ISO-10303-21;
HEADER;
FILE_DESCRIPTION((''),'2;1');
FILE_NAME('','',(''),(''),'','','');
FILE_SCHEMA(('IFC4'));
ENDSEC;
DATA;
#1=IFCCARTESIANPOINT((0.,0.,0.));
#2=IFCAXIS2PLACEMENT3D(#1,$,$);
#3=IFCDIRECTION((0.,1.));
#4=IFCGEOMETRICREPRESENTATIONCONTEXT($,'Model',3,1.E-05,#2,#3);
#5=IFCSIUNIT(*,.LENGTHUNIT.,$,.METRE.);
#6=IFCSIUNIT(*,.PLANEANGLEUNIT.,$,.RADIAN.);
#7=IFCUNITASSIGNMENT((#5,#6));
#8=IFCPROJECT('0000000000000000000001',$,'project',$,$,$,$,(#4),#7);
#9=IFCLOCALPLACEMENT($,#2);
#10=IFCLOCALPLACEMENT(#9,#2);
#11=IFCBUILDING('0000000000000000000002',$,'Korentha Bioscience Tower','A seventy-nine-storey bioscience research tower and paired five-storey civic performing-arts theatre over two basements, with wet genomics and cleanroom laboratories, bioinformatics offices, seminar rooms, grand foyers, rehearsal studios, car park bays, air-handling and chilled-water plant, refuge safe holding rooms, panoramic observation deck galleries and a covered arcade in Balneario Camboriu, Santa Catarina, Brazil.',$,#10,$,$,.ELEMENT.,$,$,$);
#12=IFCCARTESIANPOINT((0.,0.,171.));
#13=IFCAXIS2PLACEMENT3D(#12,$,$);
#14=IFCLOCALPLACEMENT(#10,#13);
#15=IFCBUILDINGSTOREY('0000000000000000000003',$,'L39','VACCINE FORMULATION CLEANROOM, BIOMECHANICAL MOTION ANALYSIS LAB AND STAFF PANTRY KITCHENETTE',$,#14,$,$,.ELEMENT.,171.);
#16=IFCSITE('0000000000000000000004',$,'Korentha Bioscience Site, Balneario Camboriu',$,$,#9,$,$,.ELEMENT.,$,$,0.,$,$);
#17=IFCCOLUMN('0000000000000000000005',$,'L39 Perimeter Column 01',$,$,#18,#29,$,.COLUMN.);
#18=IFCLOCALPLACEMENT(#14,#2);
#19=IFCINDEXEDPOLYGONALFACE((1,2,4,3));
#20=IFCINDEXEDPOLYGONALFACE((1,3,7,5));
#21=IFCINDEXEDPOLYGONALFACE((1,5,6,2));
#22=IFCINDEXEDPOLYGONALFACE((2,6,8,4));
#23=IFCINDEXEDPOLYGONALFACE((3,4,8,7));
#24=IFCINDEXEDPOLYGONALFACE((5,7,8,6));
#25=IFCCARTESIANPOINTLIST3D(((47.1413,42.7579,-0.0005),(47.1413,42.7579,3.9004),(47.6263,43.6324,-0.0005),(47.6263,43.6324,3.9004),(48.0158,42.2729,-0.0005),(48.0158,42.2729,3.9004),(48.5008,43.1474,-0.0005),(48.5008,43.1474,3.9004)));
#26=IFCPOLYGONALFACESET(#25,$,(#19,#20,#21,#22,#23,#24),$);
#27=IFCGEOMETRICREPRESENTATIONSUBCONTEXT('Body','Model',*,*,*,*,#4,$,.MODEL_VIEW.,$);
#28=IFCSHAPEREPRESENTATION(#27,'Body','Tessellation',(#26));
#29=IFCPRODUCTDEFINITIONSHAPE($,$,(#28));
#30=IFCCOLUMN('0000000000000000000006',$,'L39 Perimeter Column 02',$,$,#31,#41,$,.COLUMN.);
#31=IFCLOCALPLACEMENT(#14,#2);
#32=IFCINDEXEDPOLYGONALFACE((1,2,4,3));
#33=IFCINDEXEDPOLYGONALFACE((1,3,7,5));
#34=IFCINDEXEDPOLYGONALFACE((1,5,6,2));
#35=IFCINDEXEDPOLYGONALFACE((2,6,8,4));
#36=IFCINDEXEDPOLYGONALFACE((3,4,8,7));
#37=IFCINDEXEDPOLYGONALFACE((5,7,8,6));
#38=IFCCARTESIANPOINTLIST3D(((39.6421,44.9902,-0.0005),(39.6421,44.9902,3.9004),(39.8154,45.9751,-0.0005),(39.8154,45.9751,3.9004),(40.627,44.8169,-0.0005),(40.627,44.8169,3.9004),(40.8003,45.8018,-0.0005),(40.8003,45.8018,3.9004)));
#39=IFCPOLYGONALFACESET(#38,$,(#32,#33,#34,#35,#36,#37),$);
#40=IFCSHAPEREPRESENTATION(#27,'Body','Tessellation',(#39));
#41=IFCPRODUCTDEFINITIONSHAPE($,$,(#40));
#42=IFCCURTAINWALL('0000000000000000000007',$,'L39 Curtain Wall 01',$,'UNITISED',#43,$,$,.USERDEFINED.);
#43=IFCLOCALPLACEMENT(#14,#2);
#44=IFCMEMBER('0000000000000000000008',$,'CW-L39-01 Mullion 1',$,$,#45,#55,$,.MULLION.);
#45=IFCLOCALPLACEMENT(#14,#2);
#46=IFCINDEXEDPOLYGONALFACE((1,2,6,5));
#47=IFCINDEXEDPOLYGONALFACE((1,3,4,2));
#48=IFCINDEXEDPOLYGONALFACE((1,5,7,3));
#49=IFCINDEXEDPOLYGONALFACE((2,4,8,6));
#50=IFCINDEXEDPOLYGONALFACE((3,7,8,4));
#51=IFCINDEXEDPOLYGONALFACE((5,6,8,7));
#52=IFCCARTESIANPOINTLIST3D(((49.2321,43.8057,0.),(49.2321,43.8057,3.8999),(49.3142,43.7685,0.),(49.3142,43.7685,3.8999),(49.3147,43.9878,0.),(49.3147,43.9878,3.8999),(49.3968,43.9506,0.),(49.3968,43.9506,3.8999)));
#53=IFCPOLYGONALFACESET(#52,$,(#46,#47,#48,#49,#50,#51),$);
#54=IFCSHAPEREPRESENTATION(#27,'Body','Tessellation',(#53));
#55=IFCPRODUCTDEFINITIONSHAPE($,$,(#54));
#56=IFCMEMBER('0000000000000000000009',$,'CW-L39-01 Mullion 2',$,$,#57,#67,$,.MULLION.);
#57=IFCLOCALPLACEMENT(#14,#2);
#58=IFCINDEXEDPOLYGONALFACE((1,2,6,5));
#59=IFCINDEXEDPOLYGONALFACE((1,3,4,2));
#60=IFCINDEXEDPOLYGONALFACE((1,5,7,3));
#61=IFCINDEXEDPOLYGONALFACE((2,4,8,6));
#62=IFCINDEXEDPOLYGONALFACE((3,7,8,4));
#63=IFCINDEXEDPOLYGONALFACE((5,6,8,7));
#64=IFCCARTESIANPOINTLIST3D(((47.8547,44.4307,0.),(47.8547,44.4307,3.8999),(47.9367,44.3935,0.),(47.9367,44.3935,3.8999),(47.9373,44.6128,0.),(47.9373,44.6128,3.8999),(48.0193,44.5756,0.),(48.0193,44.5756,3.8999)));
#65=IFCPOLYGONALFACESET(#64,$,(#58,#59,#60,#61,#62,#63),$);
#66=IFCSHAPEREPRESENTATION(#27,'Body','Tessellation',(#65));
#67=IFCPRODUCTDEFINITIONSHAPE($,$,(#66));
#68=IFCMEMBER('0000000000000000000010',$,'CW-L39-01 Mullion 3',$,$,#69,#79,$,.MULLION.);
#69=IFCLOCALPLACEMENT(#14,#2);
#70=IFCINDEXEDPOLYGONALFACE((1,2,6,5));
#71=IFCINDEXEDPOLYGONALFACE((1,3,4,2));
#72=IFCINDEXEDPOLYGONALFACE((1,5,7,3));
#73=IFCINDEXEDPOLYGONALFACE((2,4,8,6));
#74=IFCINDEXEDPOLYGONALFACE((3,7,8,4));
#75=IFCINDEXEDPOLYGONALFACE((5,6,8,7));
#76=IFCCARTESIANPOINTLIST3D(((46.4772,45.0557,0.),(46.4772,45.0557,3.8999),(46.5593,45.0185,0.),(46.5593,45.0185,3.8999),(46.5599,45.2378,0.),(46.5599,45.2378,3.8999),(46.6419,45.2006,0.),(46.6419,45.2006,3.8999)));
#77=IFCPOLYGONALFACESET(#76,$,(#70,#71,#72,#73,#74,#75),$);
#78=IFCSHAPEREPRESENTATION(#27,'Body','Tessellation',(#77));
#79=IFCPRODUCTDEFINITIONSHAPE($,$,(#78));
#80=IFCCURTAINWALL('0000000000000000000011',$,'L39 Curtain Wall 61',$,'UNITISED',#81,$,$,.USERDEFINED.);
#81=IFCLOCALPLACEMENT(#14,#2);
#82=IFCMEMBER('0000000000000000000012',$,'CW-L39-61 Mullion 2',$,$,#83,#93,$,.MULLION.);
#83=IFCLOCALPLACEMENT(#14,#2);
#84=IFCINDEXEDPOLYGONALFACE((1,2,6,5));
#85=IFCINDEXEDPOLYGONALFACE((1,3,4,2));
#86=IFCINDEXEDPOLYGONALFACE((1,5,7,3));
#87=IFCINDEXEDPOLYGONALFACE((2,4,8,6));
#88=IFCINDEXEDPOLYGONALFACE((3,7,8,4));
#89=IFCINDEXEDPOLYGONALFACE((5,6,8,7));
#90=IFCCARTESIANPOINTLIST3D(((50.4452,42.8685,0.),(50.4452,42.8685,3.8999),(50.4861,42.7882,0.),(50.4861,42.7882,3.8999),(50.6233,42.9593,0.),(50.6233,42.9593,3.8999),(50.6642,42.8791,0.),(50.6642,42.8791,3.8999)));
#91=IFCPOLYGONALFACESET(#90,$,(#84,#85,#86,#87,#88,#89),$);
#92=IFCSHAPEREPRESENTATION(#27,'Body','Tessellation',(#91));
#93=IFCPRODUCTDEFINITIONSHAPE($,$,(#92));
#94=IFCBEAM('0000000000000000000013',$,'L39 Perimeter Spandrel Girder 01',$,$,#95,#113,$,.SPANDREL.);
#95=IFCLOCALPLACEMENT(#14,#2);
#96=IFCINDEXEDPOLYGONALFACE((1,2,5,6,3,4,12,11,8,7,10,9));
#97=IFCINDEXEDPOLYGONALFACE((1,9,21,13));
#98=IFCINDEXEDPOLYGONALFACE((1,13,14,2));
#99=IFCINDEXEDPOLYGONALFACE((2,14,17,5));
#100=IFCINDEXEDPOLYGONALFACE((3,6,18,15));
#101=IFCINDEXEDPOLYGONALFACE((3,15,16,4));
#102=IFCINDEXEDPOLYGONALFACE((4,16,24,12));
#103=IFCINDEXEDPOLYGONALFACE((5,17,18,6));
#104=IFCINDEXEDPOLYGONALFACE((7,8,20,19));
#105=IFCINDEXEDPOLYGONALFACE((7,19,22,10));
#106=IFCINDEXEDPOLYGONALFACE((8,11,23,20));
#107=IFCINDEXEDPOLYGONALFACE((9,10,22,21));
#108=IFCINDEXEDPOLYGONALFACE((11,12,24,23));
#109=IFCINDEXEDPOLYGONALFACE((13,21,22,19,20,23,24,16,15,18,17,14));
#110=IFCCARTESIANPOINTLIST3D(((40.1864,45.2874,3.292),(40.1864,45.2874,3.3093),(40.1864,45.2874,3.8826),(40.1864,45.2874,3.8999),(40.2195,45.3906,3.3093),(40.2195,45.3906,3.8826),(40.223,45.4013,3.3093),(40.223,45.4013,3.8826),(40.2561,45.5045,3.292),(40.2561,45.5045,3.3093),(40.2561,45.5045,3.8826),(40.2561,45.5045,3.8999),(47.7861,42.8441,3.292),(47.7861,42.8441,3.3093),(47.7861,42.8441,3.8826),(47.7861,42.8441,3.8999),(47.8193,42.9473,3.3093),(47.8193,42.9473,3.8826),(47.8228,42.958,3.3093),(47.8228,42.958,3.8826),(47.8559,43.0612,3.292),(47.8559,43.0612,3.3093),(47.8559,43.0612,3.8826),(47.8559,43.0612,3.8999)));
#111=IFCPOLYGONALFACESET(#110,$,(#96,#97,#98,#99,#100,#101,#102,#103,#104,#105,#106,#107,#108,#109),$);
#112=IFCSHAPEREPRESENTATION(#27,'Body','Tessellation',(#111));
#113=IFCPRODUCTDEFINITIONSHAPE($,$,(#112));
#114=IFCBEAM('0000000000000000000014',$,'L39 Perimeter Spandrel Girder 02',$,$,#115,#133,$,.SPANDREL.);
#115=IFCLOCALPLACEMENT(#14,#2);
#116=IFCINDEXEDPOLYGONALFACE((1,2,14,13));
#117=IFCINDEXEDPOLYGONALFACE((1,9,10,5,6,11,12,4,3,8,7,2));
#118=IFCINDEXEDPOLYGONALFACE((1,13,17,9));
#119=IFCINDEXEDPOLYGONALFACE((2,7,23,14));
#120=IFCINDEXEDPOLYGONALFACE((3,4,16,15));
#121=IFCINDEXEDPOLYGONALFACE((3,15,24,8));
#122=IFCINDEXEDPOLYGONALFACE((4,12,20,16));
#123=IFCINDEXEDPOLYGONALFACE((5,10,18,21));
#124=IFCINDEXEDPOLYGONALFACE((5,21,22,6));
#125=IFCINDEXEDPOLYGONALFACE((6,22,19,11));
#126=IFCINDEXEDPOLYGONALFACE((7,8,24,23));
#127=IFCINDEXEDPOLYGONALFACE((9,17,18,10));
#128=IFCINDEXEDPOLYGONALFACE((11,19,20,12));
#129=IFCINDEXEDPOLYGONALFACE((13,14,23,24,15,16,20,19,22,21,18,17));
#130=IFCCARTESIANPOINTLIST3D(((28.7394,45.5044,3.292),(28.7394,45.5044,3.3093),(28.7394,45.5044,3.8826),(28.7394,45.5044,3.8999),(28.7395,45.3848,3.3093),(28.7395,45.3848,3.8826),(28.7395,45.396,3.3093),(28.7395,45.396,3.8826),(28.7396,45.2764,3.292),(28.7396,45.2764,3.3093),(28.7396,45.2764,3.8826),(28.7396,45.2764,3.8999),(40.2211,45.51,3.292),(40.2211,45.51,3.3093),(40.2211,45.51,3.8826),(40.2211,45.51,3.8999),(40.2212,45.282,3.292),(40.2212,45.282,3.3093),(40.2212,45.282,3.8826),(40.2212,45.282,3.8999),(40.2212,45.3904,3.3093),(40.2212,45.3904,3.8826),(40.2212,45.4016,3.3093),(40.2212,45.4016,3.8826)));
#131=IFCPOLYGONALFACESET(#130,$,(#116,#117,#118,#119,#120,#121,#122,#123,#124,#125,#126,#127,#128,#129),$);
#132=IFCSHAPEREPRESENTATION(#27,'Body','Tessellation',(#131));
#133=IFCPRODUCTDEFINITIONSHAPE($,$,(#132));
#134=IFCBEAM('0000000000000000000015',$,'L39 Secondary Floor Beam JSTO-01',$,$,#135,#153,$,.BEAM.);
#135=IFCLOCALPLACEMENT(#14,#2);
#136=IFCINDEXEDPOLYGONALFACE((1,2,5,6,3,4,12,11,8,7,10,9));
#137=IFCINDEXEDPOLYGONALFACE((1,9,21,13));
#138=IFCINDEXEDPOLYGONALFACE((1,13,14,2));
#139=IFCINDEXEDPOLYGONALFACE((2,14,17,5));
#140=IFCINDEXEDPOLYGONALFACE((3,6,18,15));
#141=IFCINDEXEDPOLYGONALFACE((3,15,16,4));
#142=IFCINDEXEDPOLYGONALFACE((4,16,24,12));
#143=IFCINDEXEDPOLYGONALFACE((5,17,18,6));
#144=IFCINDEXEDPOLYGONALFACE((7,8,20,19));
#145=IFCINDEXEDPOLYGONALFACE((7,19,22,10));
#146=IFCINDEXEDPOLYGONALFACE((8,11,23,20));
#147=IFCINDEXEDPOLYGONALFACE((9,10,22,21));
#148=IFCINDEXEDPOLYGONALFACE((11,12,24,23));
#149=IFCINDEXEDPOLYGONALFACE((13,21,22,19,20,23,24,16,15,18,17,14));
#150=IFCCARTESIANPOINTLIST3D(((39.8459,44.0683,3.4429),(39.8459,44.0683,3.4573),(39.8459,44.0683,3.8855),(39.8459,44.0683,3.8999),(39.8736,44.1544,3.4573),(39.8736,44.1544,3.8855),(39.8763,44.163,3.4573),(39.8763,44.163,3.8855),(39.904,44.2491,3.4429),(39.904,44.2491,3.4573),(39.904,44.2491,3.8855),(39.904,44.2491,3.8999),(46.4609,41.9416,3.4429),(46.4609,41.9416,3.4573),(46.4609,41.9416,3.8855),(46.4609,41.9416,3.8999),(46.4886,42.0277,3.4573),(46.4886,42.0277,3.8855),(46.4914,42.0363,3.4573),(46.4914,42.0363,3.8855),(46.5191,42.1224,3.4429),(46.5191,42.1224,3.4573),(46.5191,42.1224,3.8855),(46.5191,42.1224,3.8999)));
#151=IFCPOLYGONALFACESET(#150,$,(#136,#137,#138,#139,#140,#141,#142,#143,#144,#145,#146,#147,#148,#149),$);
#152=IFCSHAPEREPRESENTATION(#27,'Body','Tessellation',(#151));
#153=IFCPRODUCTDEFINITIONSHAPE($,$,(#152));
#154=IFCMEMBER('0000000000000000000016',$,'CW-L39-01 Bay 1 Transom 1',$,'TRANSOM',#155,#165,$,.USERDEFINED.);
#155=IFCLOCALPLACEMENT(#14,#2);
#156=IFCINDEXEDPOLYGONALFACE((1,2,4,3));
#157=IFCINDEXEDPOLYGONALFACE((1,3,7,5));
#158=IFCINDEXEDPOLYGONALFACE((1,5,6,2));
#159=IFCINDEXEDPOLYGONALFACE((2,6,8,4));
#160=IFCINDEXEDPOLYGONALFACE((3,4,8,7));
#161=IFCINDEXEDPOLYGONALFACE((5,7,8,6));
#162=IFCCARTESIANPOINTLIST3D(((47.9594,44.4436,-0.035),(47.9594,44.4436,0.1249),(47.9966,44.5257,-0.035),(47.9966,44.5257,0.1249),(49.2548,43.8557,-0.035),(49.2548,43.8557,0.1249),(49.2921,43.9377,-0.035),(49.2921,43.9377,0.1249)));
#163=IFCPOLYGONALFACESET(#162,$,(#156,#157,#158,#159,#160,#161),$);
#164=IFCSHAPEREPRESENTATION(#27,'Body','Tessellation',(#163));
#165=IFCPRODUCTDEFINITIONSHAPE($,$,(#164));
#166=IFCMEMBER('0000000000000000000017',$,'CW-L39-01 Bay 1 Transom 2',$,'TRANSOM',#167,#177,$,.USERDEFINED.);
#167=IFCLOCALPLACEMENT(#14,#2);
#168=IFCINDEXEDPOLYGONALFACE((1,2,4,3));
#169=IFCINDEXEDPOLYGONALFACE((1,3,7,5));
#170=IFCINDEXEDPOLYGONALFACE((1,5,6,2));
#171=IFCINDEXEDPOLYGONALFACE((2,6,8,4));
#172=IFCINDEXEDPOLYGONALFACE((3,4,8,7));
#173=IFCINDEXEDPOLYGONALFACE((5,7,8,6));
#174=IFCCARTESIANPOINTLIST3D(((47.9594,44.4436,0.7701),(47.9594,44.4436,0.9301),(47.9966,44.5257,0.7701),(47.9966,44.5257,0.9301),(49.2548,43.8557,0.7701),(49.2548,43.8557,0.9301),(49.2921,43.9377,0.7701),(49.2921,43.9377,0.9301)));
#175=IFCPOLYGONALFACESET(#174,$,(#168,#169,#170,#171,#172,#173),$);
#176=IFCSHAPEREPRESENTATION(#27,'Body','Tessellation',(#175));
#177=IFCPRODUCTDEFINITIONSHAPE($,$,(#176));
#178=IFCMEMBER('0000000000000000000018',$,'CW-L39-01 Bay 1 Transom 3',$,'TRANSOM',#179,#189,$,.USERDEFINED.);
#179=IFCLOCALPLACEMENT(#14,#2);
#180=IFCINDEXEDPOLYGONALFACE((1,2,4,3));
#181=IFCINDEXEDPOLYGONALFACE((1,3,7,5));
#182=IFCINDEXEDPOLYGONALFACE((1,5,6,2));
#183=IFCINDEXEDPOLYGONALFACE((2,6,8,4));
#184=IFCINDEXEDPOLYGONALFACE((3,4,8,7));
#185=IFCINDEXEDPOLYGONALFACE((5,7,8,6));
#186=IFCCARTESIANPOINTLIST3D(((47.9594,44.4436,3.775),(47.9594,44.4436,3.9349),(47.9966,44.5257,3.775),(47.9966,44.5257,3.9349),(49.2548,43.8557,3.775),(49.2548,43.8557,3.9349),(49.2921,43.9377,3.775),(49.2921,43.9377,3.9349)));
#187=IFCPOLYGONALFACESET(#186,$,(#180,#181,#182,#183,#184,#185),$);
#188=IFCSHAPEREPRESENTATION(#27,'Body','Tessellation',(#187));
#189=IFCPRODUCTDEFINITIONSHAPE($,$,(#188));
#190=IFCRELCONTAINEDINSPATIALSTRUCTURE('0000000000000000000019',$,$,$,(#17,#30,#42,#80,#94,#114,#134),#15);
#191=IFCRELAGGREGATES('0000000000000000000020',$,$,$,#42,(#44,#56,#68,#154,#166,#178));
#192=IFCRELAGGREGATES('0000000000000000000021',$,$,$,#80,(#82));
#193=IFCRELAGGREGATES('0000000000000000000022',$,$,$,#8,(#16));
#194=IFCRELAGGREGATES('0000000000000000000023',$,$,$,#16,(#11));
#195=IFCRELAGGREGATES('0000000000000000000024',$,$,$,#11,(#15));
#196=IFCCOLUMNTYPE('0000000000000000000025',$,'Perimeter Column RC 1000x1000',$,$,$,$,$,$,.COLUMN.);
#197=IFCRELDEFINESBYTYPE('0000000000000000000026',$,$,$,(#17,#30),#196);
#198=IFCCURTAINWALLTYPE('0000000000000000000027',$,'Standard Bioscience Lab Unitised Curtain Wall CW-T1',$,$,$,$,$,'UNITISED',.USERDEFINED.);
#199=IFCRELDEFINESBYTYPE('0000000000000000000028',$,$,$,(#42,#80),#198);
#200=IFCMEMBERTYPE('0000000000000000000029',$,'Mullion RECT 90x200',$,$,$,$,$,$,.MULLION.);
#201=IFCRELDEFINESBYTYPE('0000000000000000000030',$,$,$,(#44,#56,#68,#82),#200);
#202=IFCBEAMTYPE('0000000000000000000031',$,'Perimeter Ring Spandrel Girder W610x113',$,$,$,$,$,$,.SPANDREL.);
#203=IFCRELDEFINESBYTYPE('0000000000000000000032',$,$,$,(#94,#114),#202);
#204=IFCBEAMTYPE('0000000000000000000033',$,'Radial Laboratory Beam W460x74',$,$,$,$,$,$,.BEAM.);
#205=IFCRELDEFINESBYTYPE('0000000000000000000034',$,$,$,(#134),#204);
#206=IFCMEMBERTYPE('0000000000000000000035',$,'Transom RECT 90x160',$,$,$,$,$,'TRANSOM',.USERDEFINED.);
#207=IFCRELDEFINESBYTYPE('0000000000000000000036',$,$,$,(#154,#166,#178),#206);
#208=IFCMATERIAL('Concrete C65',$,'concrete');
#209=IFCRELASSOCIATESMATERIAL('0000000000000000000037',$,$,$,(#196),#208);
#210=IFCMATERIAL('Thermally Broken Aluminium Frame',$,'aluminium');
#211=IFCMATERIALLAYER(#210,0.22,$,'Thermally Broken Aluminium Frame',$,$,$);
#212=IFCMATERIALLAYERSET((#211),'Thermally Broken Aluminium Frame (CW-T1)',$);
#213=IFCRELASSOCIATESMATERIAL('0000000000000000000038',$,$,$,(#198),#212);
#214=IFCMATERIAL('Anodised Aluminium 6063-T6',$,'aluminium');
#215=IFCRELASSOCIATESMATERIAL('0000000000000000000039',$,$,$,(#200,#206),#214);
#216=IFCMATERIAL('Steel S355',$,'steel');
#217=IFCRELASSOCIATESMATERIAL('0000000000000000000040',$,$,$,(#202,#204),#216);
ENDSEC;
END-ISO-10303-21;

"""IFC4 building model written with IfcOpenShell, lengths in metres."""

from ifc_helpers import new_model, si_unit, direction, frame, origin, origin_2d, place, context, subcontext, project, spatial, rectangle, i_section, extrude, material, layer, layer_set, material_profile, profile_set, type_object, element, aggregate, save


model = new_model("IFC4")

# Units and contexts
model_context = context("Model", 3, precision=1e-05, world=origin(), true_north=direction((0.0, 1.0)))
body_context = subcontext(model_context, "Body", "Model", "MODEL_VIEW")
ifc_project = project(units=[si_unit("LENGTHUNIT", "METRE"), si_unit("PLANEANGLEUNIT", "RADIAN")], contexts=[model_context])

# Site, building, storey
site_placement = place(None, origin())
site = spatial("IfcSite", under=ifc_project, at=site_placement, Name="Korentha Bioscience Site, Balneario Camboriu", CompositionType="ELEMENT", RefElevation=0.0)
building_placement = place(site_placement, origin())
building = spatial("IfcBuilding", under=site, at=building_placement, Name="Korentha Bioscience Tower", Description="A seventy-nine-storey bioscience research tower and paired five-storey civic performing-arts theatre over two basements, with wet genomics and cleanroom laboratories, bioinformatics offices, seminar rooms, grand foyers, rehearsal studios, car park bays, air-handling and chilled-water plant, refuge safe holding rooms, panoramic observation deck galleries and a covered arcade in Balneario Camboriu, Santa Catarina, Brazil.", CompositionType="ELEMENT")
storey_placement = place(building_placement, frame((0.0, 0.0, 171.0)))
storey = spatial("IfcBuildingStorey", under=building, at=storey_placement, Name="L39", Description="VACCINE FORMULATION CLEANROOM, BIOMECHANICAL MOTION ANALYSIS LAB AND STAFF PANTRY KITCHENETTE", CompositionType="ELEMENT", Elevation=171.0)

# Columns
ifc_material_1 = material(Name="Concrete C65", Category="concrete")
ifc_material_profile_1 = material_profile(ifc_material_1, rectangle(XDim=1.0, YDim=1.0, at=origin_2d()), Name="Concrete C65")
ifc_profile_set_1 = profile_set([ifc_material_profile_1], Name="Concrete C65 (COL-P10)")
column_type = type_object("IfcColumnType", Name="Perimeter Column RC 1000x1000", PredefinedType="COLUMN", material=ifc_profile_set_1)
for number, where, z_axis, x_axis, name in (
    (1, (47.821, 42.9526, -0.0005), (0.0, 0.0, 1.0), (-0.874535, 0.484962, 0.0), "L39 Perimeter Column 01"),
    (2, (40.2212, 45.396, -0.0005), (0.0, 0.0, 1.0), (-0.984868, 0.173304, 0.0), "L39 Perimeter Column 02"),
):
    element("IfcColumn", number, at=place(storey_placement, frame(where, z_axis=z_axis, x_axis=x_axis)), inside=storey, type_object=column_type, Name=name, PredefinedType="COLUMN", context=body_context, shape_type="SweptSolid", body=[
        extrude(rectangle(XDim=1.0, YDim=1.0, at=origin_2d()), origin(), (0.0, 0.0, 1.0), 3.9009),
    ])

# Curtain wall, members
ifc_material_2 = material(Name="Thermally Broken Aluminium Frame", Category="aluminium")
ifc_layer_1 = layer(ifc_material_2, 0.22, Name="Thermally Broken Aluminium Frame")
ifc_layer_set_1 = layer_set([ifc_layer_1], Name="Thermally Broken Aluminium Frame (CW-T1)")
curtain_wall_type = type_object("IfcCurtainWallType", Name="Standard Bioscience Lab Unitised Curtain Wall CW-T1", ElementType="UNITISED", PredefinedType="USERDEFINED", material=ifc_layer_set_1)
curtain_wall_1_placement = place(storey_placement, origin())
curtain_wall_1 = element("IfcCurtainWall", 3, at=curtain_wall_1_placement, inside=storey, type_object=curtain_wall_type, Name="L39 Curtain Wall 01", ObjectType="UNITISED", PredefinedType="USERDEFINED")
ifc_material_3 = material(Name="Anodised Aluminium 6063-T6", Category="aluminium")
ifc_material_profile_2 = material_profile(ifc_material_3, rectangle(XDim=0.0901, YDim=0.2, at=origin_2d()), Name="Anodised Aluminium 6063-T6")
ifc_profile_set_2 = profile_set([ifc_material_profile_2], Name="Anodised Aluminium 6063-T6 (CW-MUL)")
member_type_1 = type_object("IfcMemberType", Name="Mullion RECT 90x200", PredefinedType="MULLION", material=ifc_profile_set_2)
member_1_placement = place(storey_placement, frame((49.3145, 43.8782, 0.0), z_axis=(0.0, 0.0, 1.0), x_axis=(-0.910644, 0.413191, 0.0)))
member_1 = element("IfcMember", 4, at=member_1_placement, type_object=member_type_1, Name="CW-L39-01 Mullion 1", PredefinedType="MULLION", context=body_context, shape_type="SweptSolid", body=[
    extrude(rectangle(XDim=0.0901, YDim=0.2, at=origin_2d()), origin(), (0.0, 0.0, 1.0), 3.8999),
])
member_2_placement = place(storey_placement, frame((47.937, 44.5032, 0.0), z_axis=(0.0, 0.0, 1.0), x_axis=(-0.910644, 0.413191, 0.0)))
member_2 = element("IfcMember", 5, at=member_2_placement, type_object=member_type_1, Name="CW-L39-01 Mullion 2", PredefinedType="MULLION", context=body_context, shape_type="SweptSolid", body=[
    extrude(rectangle(XDim=0.0901, YDim=0.2, at=origin_2d()), origin(), (0.0, 0.0, 1.0), 3.8999),
])
member_3_placement = place(storey_placement, frame((46.5596, 45.1282, 0.0), z_axis=(0.0, 0.0, 1.0), x_axis=(-0.910644, 0.413191, 0.0)))
member_3 = element("IfcMember", 6, at=member_3_placement, type_object=member_type_1, Name="CW-L39-01 Mullion 3", PredefinedType="MULLION", context=body_context, shape_type="SweptSolid", body=[
    extrude(rectangle(XDim=0.0901, YDim=0.2, at=origin_2d()), origin(), (0.0, 0.0, 1.0), 3.8999),
])

# Curtain wall, member
curtain_wall_2_placement = place(storey_placement, origin())
curtain_wall_2 = element("IfcCurtainWall", 7, at=curtain_wall_2_placement, inside=storey, type_object=curtain_wall_type, Name="L39 Curtain Wall 61", ObjectType="UNITISED", PredefinedType="USERDEFINED")
member_4_placement = place(storey_placement, frame((50.5547, 42.8738, 0.0), z_axis=(0.0, 0.0, 1.0), x_axis=(-0.454288, 0.890855, 0.0)))
member_4 = element("IfcMember", 8, at=member_4_placement, type_object=member_type_1, Name="CW-L39-61 Mullion 2", PredefinedType="MULLION", context=body_context, shape_type="SweptSolid", body=[
    extrude(rectangle(XDim=0.0901, YDim=0.2, at=origin_2d()), origin(), (0.0, 0.0, 1.0), 3.8999),
])

# Beams
ifc_material_4 = material(Name="Steel S355", Category="steel")
ifc_material_profile_3 = material_profile(ifc_material_4, i_section(OverallWidth=0.228, OverallDepth=0.6079, WebThickness=0.0112, FlangeThickness=0.0173, at=origin_2d()), Name="Steel S355")
ifc_profile_set_3 = profile_set([ifc_material_profile_3], Name="Steel S355 (SB-610)")
beam_type_1 = type_object("IfcBeamType", Name="Perimeter Ring Spandrel Girder W610x113", PredefinedType="SPANDREL", material=ifc_profile_set_3)
beam_1_placement = place(storey_placement, frame((47.821, 42.9526, 3.5959), z_axis=(-0.952009, 0.306072, 0.0), x_axis=(-0.306072, -0.952009, 0.0)))
element("IfcBeam", 9, at=beam_1_placement, inside=storey, type_object=beam_type_1, Name="L39 Perimeter Spandrel Girder 01", PredefinedType="SPANDREL", context=body_context, shape_type="SweptSolid", body=[
    extrude(i_section(OverallWidth=0.228, OverallDepth=0.6079, WebThickness=0.0112, FlangeThickness=0.0173, at=origin_2d()), origin(), (0.0, 0.0, 1.0), 7.9829),
])
beam_2_placement = place(storey_placement, frame((40.2212, 45.396, 3.5959), z_axis=(-1.0, -0.000489, 0.0), x_axis=(0.000489, -1.0, 0.0)))
element("IfcBeam", 10, at=beam_2_placement, inside=storey, type_object=beam_type_1, Name="L39 Perimeter Spandrel Girder 02", PredefinedType="SPANDREL", context=body_context, shape_type="SweptSolid", body=[
    extrude(i_section(OverallWidth=0.228, OverallDepth=0.6079, WebThickness=0.0112, FlangeThickness=0.0173, at=origin_2d()), origin(), (0.0, 0.0, 1.0), 11.4817),
])
ifc_material_profile_4 = material_profile(ifc_material_4, i_section(OverallWidth=0.1899, OverallDepth=0.457, WebThickness=0.009, FlangeThickness=0.0144, at=origin_2d()), Name="Steel S355")
ifc_profile_set_4 = profile_set([ifc_material_profile_4], Name="Steel S355 (RB-460)")
beam_type_2 = type_object("IfcBeamType", Name="Radial Laboratory Beam W460x74", PredefinedType="BEAM", material=ifc_profile_set_4)
beam_3_placement = place(storey_placement, frame((46.49, 42.032, 3.6714), z_axis=(-0.952009, 0.306069, 0.0), x_axis=(-0.306069, -0.952009, 0.0)))
element("IfcBeam", 11, at=beam_3_placement, inside=storey, type_object=beam_type_2, Name="L39 Secondary Floor Beam JSTO-01", PredefinedType="BEAM", context=body_context, shape_type="SweptSolid", body=[
    extrude(i_section(OverallWidth=0.1899, OverallDepth=0.457, WebThickness=0.009, FlangeThickness=0.0144, at=origin_2d()), origin(), (0.0, 0.0, 1.0), 6.9485),
])

# Members
ifc_material_profile_5 = material_profile(ifc_material_3, rectangle(XDim=0.0901, YDim=0.1599, at=origin_2d()), Name="Anodised Aluminium 6063-T6")
ifc_profile_set_5 = profile_set([ifc_material_profile_5], Name="Anodised Aluminium 6063-T6 (CW-TRN)")
member_type_2 = type_object("IfcMemberType", Name="Transom RECT 90x160", ElementType="TRANSOM", PredefinedType="USERDEFINED", material=ifc_profile_set_5)
member_5_placement = place(storey_placement, frame((49.2734, 43.8967, 0.0449), z_axis=(-0.910613, 0.41326, 0.0), x_axis=(-0.41326, -0.910613, 0.0)))
member_5 = element("IfcMember", 12, at=member_5_placement, type_object=member_type_2, Name="CW-L39-01 Bay 1 Transom 1", ObjectType="TRANSOM", PredefinedType="USERDEFINED", context=body_context, shape_type="SweptSolid", body=[
    extrude(rectangle(XDim=0.0901, YDim=0.1599, at=origin_2d()), origin(), (0.0, 0.0, 1.0), 1.4226),
])
member_6_placement = place(storey_placement, frame((49.2734, 43.8967, 0.8501), z_axis=(-0.910613, 0.41326, 0.0), x_axis=(-0.41326, -0.910613, 0.0)))
member_6 = element("IfcMember", 13, at=member_6_placement, type_object=member_type_2, Name="CW-L39-01 Bay 1 Transom 2", ObjectType="TRANSOM", PredefinedType="USERDEFINED", context=body_context, shape_type="SweptSolid", body=[
    extrude(rectangle(XDim=0.0901, YDim=0.1599, at=origin_2d()), origin(), (0.0, 0.0, 1.0), 1.4226),
])
member_7_placement = place(storey_placement, frame((49.2734, 43.8967, 3.855), z_axis=(-0.910613, 0.41326, 0.0), x_axis=(-0.41326, -0.910613, 0.0)))
member_7 = element("IfcMember", 14, at=member_7_placement, type_object=member_type_2, Name="CW-L39-01 Bay 1 Transom 3", ObjectType="TRANSOM", PredefinedType="USERDEFINED", context=body_context, shape_type="SweptSolid", body=[
    extrude(rectangle(XDim=0.0901, YDim=0.1599, at=origin_2d()), origin(), (0.0, 0.0, 1.0), 1.4226),
])

aggregate(curtain_wall_1, [member_1, member_2, member_3, member_5, member_6, member_7])
aggregate(curtain_wall_2, [member_4])

save(model, "model.ifc")
